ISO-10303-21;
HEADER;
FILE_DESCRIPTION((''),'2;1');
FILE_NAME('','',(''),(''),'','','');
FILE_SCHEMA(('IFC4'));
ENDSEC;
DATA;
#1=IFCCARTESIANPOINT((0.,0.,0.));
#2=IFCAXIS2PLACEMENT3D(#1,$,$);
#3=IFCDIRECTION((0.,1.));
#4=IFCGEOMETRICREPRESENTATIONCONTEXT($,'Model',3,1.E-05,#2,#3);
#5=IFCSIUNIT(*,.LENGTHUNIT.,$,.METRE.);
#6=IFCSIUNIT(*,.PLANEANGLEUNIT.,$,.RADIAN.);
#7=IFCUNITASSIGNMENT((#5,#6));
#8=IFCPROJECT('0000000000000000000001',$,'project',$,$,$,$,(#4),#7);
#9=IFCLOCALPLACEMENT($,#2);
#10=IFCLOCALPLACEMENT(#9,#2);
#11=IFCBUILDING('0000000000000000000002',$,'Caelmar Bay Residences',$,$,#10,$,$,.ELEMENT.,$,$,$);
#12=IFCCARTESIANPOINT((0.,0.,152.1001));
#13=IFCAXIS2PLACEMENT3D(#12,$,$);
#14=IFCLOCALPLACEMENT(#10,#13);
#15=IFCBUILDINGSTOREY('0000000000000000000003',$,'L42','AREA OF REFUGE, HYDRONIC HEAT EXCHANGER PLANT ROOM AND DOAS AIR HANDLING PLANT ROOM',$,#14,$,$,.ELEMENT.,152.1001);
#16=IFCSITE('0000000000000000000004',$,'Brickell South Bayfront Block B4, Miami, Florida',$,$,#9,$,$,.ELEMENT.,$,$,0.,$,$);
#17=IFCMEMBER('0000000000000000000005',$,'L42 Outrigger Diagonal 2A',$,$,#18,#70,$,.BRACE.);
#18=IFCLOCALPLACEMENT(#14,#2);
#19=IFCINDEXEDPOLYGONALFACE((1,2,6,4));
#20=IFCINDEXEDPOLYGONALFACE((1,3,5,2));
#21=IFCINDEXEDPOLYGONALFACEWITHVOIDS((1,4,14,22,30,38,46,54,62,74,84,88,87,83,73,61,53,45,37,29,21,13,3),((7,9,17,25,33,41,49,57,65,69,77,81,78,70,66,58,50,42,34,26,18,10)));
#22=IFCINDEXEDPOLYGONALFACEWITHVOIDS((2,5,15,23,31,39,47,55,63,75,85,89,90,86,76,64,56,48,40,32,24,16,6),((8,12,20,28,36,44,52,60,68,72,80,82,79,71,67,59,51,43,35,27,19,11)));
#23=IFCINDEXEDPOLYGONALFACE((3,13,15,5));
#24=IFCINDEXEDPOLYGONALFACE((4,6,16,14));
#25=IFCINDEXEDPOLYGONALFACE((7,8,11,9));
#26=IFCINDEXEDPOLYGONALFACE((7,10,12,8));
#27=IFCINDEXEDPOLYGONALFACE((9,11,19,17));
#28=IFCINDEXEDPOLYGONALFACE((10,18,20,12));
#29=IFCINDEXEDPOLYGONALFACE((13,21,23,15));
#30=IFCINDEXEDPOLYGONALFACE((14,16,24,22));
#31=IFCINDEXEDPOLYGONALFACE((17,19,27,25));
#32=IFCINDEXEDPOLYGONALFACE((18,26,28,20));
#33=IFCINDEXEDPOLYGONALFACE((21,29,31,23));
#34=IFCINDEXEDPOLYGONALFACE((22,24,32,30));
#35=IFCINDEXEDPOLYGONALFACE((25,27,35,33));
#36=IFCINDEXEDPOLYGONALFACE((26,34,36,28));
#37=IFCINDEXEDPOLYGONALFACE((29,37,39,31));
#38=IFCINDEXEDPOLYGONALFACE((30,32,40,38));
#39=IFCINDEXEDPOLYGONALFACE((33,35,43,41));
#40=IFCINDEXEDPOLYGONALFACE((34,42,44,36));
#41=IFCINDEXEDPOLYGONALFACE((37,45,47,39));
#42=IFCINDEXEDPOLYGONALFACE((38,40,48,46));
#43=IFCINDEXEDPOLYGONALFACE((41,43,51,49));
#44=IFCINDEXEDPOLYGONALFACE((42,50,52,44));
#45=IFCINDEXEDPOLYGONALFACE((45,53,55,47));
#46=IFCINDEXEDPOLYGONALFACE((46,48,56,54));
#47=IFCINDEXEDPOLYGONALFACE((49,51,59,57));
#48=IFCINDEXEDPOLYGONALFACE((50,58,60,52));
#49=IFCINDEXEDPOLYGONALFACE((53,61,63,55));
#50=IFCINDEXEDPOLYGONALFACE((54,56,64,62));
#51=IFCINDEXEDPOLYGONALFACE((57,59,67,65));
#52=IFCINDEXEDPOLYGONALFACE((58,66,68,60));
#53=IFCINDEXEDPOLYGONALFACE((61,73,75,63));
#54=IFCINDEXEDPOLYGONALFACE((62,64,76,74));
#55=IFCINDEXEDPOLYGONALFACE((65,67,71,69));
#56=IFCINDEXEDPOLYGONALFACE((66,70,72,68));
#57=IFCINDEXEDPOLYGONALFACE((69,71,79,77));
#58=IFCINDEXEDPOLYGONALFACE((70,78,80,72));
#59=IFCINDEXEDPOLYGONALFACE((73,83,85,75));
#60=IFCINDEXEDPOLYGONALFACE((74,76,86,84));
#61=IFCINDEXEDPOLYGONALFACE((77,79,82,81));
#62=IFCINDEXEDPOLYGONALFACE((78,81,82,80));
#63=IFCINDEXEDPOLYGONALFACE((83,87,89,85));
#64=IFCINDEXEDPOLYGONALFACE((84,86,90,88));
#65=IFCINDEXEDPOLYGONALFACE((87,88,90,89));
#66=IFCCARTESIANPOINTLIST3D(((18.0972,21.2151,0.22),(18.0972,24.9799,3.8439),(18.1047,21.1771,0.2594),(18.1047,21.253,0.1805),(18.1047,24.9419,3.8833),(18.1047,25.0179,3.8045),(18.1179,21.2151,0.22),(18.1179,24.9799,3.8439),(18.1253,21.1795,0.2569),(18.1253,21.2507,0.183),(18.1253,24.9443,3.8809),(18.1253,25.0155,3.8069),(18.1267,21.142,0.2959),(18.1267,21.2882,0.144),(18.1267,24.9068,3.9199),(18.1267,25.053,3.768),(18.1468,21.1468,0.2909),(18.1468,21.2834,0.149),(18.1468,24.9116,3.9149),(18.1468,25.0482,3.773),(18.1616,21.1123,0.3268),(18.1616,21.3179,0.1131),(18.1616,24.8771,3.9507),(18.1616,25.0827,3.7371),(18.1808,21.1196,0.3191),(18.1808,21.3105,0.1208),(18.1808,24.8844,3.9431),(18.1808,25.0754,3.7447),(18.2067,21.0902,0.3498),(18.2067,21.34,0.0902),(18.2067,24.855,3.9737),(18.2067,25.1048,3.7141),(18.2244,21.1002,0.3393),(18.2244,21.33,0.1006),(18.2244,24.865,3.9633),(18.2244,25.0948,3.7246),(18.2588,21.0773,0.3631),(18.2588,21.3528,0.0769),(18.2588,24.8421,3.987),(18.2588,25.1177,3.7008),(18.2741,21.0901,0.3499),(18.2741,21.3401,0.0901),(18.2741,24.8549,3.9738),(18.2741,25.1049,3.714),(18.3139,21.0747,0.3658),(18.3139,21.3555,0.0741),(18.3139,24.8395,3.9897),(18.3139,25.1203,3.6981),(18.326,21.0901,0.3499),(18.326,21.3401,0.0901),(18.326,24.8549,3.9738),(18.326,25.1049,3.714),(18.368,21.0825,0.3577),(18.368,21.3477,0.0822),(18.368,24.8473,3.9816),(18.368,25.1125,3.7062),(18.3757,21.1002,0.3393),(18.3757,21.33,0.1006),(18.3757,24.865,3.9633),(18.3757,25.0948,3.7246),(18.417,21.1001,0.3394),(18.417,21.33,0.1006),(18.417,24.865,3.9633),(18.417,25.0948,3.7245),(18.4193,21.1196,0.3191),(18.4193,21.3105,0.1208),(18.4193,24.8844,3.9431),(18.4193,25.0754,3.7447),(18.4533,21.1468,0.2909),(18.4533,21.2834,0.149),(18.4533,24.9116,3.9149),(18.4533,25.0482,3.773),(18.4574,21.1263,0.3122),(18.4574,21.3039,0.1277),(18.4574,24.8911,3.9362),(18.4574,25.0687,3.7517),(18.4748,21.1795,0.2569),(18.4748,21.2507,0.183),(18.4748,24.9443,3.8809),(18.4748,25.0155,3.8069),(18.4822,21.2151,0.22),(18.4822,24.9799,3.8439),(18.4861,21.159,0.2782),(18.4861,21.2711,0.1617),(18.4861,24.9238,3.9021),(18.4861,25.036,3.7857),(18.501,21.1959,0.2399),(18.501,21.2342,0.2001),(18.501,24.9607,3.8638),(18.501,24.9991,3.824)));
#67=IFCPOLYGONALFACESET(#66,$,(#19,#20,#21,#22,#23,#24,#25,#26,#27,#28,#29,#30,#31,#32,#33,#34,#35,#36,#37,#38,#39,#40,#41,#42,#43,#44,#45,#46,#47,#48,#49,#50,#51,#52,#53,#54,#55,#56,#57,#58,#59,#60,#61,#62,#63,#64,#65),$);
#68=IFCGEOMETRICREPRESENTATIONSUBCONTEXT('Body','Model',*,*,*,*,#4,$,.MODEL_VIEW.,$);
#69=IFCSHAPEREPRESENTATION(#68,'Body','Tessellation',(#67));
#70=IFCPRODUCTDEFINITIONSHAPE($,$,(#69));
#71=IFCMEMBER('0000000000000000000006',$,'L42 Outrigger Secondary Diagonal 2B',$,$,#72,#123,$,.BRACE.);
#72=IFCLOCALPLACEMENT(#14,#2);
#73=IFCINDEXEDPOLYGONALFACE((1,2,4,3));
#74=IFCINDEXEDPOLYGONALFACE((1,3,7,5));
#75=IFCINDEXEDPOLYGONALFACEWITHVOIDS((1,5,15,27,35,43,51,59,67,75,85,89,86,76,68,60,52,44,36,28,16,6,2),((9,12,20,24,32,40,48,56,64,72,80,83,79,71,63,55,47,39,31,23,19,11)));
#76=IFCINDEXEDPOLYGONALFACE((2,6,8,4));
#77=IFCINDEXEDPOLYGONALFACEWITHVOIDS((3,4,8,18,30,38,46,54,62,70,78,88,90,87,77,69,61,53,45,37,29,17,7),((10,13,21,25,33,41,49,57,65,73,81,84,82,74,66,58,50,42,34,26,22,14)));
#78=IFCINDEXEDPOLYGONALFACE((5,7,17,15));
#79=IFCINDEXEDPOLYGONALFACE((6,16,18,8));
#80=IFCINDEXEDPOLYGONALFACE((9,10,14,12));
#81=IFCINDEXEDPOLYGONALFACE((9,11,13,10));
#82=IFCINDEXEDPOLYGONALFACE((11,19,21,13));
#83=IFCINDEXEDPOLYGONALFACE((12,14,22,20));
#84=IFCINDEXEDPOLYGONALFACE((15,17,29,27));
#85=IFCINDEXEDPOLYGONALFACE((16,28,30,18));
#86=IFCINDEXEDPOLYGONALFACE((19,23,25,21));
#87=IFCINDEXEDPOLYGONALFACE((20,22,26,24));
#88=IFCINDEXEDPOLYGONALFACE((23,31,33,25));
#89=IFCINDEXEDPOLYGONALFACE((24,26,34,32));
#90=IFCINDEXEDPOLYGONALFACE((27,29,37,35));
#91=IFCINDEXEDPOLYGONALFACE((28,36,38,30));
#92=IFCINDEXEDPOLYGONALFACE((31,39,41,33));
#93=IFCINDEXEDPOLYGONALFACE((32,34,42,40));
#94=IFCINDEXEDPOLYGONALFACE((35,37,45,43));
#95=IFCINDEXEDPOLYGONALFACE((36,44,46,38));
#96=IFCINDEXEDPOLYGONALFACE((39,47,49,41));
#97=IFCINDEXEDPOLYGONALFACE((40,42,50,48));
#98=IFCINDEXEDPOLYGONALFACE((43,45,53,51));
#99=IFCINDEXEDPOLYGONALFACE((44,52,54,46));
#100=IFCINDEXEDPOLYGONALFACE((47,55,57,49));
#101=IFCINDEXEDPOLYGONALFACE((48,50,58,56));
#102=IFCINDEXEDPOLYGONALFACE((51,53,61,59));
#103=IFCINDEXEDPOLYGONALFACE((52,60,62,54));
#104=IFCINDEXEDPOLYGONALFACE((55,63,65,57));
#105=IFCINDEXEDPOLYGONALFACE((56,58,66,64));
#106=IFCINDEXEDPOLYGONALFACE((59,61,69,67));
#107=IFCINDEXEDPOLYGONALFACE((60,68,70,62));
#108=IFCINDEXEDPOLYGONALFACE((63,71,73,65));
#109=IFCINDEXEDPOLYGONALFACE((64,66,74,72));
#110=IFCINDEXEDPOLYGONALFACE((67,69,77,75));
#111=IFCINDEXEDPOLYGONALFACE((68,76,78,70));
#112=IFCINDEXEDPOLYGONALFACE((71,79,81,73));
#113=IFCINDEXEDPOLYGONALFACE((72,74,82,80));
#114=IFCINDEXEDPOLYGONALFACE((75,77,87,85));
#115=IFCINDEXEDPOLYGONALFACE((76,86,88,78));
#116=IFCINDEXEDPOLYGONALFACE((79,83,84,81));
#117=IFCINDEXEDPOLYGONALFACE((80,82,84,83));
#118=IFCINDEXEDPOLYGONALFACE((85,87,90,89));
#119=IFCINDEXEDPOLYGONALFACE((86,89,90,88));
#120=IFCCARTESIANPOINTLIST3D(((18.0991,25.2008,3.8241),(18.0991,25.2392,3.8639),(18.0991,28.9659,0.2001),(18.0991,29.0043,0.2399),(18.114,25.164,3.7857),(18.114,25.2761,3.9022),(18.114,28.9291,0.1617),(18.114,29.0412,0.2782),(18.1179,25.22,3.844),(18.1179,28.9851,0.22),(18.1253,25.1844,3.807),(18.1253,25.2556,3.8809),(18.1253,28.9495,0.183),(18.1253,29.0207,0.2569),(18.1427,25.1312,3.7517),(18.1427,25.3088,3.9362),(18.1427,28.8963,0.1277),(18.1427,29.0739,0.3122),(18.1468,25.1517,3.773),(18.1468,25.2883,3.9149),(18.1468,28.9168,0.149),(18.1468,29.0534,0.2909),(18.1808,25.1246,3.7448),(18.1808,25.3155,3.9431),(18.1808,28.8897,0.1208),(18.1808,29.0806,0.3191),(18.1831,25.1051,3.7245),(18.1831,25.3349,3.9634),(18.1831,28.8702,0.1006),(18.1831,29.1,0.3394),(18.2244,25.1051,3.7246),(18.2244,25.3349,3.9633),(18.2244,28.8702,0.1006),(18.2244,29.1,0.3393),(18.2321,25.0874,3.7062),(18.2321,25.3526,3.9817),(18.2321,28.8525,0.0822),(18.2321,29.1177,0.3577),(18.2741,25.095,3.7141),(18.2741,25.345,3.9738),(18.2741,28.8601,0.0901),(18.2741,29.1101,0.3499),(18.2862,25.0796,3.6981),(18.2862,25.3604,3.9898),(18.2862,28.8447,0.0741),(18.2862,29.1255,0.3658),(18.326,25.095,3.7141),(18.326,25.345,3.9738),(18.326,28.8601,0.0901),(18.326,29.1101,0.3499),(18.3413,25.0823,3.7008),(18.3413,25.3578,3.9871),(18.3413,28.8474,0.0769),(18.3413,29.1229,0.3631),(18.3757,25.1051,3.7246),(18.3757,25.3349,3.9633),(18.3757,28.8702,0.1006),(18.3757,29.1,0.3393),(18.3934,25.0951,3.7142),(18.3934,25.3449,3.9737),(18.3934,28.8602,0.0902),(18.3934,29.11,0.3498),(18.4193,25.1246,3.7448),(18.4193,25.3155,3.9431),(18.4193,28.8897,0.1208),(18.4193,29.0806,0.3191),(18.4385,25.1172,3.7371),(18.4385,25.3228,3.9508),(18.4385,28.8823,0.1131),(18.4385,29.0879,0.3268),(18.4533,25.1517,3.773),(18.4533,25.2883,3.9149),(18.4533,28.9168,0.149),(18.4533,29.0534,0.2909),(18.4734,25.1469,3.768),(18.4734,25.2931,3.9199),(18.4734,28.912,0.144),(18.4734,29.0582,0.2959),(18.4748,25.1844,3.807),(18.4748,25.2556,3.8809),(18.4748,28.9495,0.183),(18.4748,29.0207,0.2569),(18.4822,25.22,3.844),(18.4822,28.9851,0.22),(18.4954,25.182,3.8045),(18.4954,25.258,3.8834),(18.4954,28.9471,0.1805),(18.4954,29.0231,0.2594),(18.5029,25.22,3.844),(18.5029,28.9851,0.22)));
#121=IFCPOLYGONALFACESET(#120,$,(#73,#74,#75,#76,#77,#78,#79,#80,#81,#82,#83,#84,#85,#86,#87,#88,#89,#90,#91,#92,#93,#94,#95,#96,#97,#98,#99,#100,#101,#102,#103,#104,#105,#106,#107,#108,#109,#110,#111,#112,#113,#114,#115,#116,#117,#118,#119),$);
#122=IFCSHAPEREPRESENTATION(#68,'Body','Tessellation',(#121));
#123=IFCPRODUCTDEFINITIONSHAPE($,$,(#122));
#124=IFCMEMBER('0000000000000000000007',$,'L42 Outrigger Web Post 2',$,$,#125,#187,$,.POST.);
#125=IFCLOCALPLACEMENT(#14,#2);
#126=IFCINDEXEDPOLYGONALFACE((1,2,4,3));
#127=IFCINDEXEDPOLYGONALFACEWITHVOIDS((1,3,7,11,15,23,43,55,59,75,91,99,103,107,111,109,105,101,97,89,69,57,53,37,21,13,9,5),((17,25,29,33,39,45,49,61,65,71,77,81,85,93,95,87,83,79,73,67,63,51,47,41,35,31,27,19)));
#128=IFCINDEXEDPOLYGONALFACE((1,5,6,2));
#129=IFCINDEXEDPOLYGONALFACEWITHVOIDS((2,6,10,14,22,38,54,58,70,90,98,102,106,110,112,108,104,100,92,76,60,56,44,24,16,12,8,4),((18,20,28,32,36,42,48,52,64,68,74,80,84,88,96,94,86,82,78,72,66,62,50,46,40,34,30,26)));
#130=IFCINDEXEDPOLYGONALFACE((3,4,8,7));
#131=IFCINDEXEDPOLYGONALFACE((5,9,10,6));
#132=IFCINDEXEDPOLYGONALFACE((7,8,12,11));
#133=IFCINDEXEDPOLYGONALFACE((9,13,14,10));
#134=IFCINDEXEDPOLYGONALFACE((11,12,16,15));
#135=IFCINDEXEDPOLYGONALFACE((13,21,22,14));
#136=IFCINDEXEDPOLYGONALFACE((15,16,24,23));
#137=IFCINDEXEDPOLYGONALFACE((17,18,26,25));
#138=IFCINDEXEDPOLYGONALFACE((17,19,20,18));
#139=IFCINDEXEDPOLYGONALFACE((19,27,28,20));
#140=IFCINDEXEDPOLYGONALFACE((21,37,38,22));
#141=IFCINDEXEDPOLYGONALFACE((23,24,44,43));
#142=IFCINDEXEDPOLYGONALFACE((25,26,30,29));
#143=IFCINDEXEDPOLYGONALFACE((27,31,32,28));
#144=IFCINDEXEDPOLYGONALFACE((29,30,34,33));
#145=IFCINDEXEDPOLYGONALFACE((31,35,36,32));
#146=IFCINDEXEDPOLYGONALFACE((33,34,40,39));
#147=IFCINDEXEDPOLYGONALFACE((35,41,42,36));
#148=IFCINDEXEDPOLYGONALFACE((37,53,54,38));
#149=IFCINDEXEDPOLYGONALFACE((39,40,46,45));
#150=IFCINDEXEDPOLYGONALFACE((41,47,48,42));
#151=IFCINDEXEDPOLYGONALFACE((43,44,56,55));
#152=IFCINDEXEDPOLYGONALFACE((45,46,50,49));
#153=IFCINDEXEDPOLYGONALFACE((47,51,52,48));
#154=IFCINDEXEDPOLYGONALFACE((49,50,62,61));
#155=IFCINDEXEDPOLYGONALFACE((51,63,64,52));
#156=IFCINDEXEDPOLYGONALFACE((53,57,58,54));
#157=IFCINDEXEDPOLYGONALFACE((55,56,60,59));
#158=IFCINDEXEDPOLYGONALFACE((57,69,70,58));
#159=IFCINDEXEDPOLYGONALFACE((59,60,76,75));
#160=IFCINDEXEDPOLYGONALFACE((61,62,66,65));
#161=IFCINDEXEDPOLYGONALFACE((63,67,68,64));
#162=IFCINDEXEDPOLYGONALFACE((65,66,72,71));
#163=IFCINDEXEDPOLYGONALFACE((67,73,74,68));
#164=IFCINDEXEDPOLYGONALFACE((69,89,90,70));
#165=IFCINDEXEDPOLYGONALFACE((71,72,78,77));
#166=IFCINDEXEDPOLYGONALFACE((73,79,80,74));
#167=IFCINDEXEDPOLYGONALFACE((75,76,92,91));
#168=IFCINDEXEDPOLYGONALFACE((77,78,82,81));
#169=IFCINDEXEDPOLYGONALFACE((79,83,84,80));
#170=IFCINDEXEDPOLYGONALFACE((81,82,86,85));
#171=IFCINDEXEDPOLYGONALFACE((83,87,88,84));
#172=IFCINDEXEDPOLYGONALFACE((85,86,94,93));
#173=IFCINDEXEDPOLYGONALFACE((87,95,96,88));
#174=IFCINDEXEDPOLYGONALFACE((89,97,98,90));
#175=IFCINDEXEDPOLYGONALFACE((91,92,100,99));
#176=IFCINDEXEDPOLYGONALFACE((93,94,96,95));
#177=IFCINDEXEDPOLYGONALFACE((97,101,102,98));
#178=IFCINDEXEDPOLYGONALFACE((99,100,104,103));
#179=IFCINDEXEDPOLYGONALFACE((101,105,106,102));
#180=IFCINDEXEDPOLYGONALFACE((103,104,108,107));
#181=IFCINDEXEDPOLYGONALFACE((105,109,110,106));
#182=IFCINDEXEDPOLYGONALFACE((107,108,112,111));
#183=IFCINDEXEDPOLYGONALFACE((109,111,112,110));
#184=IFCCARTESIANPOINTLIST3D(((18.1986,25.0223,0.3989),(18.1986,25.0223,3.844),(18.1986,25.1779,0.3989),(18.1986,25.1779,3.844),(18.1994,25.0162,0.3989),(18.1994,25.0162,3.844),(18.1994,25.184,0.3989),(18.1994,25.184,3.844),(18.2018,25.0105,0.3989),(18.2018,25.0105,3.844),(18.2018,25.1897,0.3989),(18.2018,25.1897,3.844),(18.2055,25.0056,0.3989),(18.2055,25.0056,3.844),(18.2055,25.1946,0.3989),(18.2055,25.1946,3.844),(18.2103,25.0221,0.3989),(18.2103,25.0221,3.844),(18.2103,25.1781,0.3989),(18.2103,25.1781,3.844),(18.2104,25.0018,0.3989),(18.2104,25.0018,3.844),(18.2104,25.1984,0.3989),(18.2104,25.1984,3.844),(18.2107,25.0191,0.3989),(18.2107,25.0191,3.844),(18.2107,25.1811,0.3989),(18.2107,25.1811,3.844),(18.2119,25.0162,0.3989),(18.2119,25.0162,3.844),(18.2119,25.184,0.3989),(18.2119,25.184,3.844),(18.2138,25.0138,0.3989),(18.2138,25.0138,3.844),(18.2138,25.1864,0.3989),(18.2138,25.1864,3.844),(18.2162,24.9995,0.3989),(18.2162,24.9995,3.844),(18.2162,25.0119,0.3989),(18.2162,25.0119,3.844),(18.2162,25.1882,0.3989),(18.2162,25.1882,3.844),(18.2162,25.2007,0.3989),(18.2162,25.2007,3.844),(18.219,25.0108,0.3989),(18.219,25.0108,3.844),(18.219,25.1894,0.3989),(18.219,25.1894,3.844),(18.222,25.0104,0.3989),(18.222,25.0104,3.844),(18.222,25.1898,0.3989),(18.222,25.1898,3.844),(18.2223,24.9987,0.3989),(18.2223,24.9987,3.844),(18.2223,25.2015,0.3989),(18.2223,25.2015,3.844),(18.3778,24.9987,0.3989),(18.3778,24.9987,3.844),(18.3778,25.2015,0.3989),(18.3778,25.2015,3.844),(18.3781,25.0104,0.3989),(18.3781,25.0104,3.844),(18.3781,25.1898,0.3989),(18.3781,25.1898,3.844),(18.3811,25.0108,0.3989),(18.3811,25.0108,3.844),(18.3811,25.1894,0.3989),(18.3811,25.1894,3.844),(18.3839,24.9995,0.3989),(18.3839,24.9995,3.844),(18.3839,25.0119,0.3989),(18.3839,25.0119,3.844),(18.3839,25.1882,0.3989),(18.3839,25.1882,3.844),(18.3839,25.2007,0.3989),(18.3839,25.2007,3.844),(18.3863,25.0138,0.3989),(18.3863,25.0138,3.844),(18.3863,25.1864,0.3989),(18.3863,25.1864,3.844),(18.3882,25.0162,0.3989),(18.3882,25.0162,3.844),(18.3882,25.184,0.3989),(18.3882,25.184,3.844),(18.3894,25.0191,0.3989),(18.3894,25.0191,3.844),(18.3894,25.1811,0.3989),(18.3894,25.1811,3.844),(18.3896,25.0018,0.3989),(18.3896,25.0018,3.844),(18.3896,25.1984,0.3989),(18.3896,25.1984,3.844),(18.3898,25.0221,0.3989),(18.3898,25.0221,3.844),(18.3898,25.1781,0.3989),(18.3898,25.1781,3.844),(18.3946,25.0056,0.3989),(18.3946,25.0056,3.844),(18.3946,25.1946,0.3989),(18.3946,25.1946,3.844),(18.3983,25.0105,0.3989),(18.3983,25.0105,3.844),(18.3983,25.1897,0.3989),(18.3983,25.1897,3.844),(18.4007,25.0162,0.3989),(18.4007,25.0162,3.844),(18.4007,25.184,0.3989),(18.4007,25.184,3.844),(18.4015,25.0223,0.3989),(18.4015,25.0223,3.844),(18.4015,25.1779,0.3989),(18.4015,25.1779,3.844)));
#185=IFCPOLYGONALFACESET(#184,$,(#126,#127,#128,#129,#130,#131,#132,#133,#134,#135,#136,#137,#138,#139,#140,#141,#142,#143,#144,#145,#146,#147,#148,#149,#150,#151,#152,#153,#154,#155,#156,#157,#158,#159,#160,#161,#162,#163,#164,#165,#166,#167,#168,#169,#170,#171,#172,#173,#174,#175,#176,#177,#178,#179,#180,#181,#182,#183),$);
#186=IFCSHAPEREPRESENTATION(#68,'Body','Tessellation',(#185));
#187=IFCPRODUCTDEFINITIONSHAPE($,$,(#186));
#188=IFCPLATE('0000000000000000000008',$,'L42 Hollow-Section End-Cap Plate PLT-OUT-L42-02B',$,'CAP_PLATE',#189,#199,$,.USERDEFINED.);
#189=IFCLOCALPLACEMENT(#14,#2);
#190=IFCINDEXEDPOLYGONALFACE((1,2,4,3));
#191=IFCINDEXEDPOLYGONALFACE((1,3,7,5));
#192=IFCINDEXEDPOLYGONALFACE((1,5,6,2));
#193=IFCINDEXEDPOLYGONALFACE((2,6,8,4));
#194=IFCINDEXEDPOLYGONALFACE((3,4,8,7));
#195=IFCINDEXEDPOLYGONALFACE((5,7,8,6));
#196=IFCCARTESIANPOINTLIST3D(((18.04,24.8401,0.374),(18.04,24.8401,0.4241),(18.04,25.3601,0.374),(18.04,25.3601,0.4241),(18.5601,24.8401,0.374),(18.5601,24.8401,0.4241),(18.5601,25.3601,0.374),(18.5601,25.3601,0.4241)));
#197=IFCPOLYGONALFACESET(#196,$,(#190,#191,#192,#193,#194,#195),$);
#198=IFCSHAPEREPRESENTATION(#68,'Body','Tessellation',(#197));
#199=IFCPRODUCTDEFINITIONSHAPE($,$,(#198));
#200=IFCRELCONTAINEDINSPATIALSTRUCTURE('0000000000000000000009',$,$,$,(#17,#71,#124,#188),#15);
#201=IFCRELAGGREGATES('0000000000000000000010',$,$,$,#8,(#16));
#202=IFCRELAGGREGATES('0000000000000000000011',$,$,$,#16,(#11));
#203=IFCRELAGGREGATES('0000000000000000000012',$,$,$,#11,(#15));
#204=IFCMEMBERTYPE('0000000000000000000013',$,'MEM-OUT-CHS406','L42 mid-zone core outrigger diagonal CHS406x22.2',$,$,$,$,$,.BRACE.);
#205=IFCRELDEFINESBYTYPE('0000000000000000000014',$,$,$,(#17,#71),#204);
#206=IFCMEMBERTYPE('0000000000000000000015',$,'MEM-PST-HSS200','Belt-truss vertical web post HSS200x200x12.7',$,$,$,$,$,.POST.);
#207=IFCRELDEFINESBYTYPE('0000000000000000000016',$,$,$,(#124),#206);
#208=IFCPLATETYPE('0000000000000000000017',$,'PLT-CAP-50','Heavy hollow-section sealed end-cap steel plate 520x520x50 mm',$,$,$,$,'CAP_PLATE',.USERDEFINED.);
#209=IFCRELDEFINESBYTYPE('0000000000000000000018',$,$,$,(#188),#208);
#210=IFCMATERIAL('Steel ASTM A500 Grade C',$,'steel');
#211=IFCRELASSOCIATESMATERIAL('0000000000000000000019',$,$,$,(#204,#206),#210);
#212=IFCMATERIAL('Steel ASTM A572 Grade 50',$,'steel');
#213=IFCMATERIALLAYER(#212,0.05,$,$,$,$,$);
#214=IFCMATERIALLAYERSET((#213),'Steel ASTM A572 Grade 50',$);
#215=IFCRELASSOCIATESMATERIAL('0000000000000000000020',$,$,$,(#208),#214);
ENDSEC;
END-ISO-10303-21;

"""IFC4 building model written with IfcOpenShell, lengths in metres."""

from ifc_helpers import new_model, si_unit, direction, frame, origin, origin_2d, place, context, subcontext, project, spatial, rectangle, hollow_rectangle, hollow_circle, extrude, material, layer, layer_set, material_profile, profile_set, type_object, element, save


model = new_model("IFC4")

# Units and contexts
model_context = context("Model", 3, precision=1e-05, world=origin(), true_north=direction((0.0, 1.0)))
body_context = subcontext(model_context, "Body", "Model", "MODEL_VIEW")
ifc_project = project(units=[si_unit("LENGTHUNIT", "METRE"), si_unit("PLANEANGLEUNIT", "RADIAN")], contexts=[model_context])

# Site, building, storey
site_placement = place(None, origin())
site = spatial("IfcSite", under=ifc_project, at=site_placement, Name="Brickell South Bayfront Block B4, Miami, Florida", CompositionType="ELEMENT", RefElevation=0.0)
building_placement = place(site_placement, origin())
building = spatial("IfcBuilding", under=site, at=building_placement, Name="Caelmar Bay Residences", CompositionType="ELEMENT")
storey_placement = place(building_placement, frame((0.0, 0.0, 152.1001)))
storey = spatial("IfcBuildingStorey", under=building, at=storey_placement, Name="L42", Description="AREA OF REFUGE, HYDRONIC HEAT EXCHANGER PLANT ROOM AND DOAS AIR HANDLING PLANT ROOM", CompositionType="ELEMENT", Elevation=152.1001)

# Members
ifc_material_1 = material(Name="Steel ASTM A500 Grade C", Category="steel")
ifc_material_profile_1 = material_profile(ifc_material_1, hollow_circle(Radius=0.2029, WallThickness=0.0208, at=origin_2d()), Name="CHS406X22.2")
ifc_profile_set_1 = profile_set([ifc_material_profile_1], Name="Steel ASTM A500 Grade C")
member_type_1 = type_object("IfcMemberType", Name="MEM-OUT-CHS406", Description="L42 mid-zone core outrigger diagonal CHS406x22.2", PredefinedType="BRACE", material=ifc_profile_set_1)
member_1_placement = place(storey_placement, frame((18.3, 21.2151, 0.22), z_axis=(0.0, 0.720457, 0.6935), x_axis=(-1.0, 0.0, 0.0)))
element("IfcMember", 1, at=member_1_placement, inside=storey, type_object=member_type_1, Name="L42 Outrigger Diagonal 2A", PredefinedType="BRACE", context=body_context, shape_type="SweptSolid", body=[
    extrude(hollow_circle(Radius=0.2029, WallThickness=0.0208, at=origin_2d()), origin(), (0.0, 0.0, 1.0), 5.2256),
])
member_2_placement = place(storey_placement, frame((18.3, 28.9851, 0.22), z_axis=(0.0, -0.720479, 0.693476), x_axis=(1.0, 0.0, 0.0)))
element("IfcMember", 2, at=member_2_placement, inside=storey, type_object=member_type_1, Name="L42 Outrigger Secondary Diagonal 2B", PredefinedType="BRACE", context=body_context, shape_type="SweptSolid", body=[
    extrude(hollow_circle(Radius=0.2029, WallThickness=0.0208, at=origin_2d()), origin(), (0.0, 0.0, 1.0), 5.2258),
])
ifc_material_profile_2 = material_profile(ifc_material_1, hollow_rectangle(XDim=0.2029, YDim=0.2029, WallThickness=0.0117, InnerFilletRadius=0.0117, OuterFilletRadius=0.0237, at=origin_2d()), Name="HSS200X200X12.7")
ifc_profile_set_2 = profile_set([ifc_material_profile_2], Name="Steel ASTM A500 Grade C")
member_type_2 = type_object("IfcMemberType", Name="MEM-PST-HSS200", Description="Belt-truss vertical web post HSS200x200x12.7", PredefinedType="POST", material=ifc_profile_set_2)
member_3_placement = place(storey_placement, frame((18.3, 25.1001, 0.3989), z_axis=(0.0, 0.0, 1.0), x_axis=(1.0, 0.0, 0.0)))
element("IfcMember", 3, at=member_3_placement, inside=storey, type_object=member_type_2, Name="L42 Outrigger Web Post 2", PredefinedType="POST", context=body_context, shape_type="SweptSolid", body=[
    extrude(hollow_rectangle(XDim=0.2029, YDim=0.2029, WallThickness=0.0117, InnerFilletRadius=0.0117, OuterFilletRadius=0.0237, at=origin_2d()), origin(), (0.0, 0.0, 1.0), 3.4451),
])

# Plate
ifc_material_2 = material(Name="Steel ASTM A572 Grade 50", Category="steel")
ifc_layer_1 = layer(ifc_material_2, 0.05)
ifc_layer_set_1 = layer_set([ifc_layer_1], Name="Steel ASTM A572 Grade 50")
plate_type_1 = type_object("IfcPlateType", Name="PLT-CAP-50", Description="Heavy hollow-section sealed end-cap steel plate 520x520x50 mm", ElementType="CAP_PLATE", PredefinedType="USERDEFINED", material=ifc_layer_set_1)
plate_placement = place(storey_placement, frame((18.3, 25.1001, 0.374), z_axis=(0.0, 0.0, 1.0), x_axis=(1.0, 0.0, 0.0)))
element("IfcPlate", 4, at=plate_placement, inside=storey, type_object=plate_type_1, Name="L42 Hollow-Section End-Cap Plate PLT-OUT-L42-02B", ObjectType="CAP_PLATE", PredefinedType="USERDEFINED", context=body_context, shape_type="SweptSolid", body=[
    extrude(rectangle(XDim=0.52, YDim=0.52, at=origin_2d()), origin(), (0.0, 0.0, 1.0), 0.05),
])

save(model, "model.ifc")
